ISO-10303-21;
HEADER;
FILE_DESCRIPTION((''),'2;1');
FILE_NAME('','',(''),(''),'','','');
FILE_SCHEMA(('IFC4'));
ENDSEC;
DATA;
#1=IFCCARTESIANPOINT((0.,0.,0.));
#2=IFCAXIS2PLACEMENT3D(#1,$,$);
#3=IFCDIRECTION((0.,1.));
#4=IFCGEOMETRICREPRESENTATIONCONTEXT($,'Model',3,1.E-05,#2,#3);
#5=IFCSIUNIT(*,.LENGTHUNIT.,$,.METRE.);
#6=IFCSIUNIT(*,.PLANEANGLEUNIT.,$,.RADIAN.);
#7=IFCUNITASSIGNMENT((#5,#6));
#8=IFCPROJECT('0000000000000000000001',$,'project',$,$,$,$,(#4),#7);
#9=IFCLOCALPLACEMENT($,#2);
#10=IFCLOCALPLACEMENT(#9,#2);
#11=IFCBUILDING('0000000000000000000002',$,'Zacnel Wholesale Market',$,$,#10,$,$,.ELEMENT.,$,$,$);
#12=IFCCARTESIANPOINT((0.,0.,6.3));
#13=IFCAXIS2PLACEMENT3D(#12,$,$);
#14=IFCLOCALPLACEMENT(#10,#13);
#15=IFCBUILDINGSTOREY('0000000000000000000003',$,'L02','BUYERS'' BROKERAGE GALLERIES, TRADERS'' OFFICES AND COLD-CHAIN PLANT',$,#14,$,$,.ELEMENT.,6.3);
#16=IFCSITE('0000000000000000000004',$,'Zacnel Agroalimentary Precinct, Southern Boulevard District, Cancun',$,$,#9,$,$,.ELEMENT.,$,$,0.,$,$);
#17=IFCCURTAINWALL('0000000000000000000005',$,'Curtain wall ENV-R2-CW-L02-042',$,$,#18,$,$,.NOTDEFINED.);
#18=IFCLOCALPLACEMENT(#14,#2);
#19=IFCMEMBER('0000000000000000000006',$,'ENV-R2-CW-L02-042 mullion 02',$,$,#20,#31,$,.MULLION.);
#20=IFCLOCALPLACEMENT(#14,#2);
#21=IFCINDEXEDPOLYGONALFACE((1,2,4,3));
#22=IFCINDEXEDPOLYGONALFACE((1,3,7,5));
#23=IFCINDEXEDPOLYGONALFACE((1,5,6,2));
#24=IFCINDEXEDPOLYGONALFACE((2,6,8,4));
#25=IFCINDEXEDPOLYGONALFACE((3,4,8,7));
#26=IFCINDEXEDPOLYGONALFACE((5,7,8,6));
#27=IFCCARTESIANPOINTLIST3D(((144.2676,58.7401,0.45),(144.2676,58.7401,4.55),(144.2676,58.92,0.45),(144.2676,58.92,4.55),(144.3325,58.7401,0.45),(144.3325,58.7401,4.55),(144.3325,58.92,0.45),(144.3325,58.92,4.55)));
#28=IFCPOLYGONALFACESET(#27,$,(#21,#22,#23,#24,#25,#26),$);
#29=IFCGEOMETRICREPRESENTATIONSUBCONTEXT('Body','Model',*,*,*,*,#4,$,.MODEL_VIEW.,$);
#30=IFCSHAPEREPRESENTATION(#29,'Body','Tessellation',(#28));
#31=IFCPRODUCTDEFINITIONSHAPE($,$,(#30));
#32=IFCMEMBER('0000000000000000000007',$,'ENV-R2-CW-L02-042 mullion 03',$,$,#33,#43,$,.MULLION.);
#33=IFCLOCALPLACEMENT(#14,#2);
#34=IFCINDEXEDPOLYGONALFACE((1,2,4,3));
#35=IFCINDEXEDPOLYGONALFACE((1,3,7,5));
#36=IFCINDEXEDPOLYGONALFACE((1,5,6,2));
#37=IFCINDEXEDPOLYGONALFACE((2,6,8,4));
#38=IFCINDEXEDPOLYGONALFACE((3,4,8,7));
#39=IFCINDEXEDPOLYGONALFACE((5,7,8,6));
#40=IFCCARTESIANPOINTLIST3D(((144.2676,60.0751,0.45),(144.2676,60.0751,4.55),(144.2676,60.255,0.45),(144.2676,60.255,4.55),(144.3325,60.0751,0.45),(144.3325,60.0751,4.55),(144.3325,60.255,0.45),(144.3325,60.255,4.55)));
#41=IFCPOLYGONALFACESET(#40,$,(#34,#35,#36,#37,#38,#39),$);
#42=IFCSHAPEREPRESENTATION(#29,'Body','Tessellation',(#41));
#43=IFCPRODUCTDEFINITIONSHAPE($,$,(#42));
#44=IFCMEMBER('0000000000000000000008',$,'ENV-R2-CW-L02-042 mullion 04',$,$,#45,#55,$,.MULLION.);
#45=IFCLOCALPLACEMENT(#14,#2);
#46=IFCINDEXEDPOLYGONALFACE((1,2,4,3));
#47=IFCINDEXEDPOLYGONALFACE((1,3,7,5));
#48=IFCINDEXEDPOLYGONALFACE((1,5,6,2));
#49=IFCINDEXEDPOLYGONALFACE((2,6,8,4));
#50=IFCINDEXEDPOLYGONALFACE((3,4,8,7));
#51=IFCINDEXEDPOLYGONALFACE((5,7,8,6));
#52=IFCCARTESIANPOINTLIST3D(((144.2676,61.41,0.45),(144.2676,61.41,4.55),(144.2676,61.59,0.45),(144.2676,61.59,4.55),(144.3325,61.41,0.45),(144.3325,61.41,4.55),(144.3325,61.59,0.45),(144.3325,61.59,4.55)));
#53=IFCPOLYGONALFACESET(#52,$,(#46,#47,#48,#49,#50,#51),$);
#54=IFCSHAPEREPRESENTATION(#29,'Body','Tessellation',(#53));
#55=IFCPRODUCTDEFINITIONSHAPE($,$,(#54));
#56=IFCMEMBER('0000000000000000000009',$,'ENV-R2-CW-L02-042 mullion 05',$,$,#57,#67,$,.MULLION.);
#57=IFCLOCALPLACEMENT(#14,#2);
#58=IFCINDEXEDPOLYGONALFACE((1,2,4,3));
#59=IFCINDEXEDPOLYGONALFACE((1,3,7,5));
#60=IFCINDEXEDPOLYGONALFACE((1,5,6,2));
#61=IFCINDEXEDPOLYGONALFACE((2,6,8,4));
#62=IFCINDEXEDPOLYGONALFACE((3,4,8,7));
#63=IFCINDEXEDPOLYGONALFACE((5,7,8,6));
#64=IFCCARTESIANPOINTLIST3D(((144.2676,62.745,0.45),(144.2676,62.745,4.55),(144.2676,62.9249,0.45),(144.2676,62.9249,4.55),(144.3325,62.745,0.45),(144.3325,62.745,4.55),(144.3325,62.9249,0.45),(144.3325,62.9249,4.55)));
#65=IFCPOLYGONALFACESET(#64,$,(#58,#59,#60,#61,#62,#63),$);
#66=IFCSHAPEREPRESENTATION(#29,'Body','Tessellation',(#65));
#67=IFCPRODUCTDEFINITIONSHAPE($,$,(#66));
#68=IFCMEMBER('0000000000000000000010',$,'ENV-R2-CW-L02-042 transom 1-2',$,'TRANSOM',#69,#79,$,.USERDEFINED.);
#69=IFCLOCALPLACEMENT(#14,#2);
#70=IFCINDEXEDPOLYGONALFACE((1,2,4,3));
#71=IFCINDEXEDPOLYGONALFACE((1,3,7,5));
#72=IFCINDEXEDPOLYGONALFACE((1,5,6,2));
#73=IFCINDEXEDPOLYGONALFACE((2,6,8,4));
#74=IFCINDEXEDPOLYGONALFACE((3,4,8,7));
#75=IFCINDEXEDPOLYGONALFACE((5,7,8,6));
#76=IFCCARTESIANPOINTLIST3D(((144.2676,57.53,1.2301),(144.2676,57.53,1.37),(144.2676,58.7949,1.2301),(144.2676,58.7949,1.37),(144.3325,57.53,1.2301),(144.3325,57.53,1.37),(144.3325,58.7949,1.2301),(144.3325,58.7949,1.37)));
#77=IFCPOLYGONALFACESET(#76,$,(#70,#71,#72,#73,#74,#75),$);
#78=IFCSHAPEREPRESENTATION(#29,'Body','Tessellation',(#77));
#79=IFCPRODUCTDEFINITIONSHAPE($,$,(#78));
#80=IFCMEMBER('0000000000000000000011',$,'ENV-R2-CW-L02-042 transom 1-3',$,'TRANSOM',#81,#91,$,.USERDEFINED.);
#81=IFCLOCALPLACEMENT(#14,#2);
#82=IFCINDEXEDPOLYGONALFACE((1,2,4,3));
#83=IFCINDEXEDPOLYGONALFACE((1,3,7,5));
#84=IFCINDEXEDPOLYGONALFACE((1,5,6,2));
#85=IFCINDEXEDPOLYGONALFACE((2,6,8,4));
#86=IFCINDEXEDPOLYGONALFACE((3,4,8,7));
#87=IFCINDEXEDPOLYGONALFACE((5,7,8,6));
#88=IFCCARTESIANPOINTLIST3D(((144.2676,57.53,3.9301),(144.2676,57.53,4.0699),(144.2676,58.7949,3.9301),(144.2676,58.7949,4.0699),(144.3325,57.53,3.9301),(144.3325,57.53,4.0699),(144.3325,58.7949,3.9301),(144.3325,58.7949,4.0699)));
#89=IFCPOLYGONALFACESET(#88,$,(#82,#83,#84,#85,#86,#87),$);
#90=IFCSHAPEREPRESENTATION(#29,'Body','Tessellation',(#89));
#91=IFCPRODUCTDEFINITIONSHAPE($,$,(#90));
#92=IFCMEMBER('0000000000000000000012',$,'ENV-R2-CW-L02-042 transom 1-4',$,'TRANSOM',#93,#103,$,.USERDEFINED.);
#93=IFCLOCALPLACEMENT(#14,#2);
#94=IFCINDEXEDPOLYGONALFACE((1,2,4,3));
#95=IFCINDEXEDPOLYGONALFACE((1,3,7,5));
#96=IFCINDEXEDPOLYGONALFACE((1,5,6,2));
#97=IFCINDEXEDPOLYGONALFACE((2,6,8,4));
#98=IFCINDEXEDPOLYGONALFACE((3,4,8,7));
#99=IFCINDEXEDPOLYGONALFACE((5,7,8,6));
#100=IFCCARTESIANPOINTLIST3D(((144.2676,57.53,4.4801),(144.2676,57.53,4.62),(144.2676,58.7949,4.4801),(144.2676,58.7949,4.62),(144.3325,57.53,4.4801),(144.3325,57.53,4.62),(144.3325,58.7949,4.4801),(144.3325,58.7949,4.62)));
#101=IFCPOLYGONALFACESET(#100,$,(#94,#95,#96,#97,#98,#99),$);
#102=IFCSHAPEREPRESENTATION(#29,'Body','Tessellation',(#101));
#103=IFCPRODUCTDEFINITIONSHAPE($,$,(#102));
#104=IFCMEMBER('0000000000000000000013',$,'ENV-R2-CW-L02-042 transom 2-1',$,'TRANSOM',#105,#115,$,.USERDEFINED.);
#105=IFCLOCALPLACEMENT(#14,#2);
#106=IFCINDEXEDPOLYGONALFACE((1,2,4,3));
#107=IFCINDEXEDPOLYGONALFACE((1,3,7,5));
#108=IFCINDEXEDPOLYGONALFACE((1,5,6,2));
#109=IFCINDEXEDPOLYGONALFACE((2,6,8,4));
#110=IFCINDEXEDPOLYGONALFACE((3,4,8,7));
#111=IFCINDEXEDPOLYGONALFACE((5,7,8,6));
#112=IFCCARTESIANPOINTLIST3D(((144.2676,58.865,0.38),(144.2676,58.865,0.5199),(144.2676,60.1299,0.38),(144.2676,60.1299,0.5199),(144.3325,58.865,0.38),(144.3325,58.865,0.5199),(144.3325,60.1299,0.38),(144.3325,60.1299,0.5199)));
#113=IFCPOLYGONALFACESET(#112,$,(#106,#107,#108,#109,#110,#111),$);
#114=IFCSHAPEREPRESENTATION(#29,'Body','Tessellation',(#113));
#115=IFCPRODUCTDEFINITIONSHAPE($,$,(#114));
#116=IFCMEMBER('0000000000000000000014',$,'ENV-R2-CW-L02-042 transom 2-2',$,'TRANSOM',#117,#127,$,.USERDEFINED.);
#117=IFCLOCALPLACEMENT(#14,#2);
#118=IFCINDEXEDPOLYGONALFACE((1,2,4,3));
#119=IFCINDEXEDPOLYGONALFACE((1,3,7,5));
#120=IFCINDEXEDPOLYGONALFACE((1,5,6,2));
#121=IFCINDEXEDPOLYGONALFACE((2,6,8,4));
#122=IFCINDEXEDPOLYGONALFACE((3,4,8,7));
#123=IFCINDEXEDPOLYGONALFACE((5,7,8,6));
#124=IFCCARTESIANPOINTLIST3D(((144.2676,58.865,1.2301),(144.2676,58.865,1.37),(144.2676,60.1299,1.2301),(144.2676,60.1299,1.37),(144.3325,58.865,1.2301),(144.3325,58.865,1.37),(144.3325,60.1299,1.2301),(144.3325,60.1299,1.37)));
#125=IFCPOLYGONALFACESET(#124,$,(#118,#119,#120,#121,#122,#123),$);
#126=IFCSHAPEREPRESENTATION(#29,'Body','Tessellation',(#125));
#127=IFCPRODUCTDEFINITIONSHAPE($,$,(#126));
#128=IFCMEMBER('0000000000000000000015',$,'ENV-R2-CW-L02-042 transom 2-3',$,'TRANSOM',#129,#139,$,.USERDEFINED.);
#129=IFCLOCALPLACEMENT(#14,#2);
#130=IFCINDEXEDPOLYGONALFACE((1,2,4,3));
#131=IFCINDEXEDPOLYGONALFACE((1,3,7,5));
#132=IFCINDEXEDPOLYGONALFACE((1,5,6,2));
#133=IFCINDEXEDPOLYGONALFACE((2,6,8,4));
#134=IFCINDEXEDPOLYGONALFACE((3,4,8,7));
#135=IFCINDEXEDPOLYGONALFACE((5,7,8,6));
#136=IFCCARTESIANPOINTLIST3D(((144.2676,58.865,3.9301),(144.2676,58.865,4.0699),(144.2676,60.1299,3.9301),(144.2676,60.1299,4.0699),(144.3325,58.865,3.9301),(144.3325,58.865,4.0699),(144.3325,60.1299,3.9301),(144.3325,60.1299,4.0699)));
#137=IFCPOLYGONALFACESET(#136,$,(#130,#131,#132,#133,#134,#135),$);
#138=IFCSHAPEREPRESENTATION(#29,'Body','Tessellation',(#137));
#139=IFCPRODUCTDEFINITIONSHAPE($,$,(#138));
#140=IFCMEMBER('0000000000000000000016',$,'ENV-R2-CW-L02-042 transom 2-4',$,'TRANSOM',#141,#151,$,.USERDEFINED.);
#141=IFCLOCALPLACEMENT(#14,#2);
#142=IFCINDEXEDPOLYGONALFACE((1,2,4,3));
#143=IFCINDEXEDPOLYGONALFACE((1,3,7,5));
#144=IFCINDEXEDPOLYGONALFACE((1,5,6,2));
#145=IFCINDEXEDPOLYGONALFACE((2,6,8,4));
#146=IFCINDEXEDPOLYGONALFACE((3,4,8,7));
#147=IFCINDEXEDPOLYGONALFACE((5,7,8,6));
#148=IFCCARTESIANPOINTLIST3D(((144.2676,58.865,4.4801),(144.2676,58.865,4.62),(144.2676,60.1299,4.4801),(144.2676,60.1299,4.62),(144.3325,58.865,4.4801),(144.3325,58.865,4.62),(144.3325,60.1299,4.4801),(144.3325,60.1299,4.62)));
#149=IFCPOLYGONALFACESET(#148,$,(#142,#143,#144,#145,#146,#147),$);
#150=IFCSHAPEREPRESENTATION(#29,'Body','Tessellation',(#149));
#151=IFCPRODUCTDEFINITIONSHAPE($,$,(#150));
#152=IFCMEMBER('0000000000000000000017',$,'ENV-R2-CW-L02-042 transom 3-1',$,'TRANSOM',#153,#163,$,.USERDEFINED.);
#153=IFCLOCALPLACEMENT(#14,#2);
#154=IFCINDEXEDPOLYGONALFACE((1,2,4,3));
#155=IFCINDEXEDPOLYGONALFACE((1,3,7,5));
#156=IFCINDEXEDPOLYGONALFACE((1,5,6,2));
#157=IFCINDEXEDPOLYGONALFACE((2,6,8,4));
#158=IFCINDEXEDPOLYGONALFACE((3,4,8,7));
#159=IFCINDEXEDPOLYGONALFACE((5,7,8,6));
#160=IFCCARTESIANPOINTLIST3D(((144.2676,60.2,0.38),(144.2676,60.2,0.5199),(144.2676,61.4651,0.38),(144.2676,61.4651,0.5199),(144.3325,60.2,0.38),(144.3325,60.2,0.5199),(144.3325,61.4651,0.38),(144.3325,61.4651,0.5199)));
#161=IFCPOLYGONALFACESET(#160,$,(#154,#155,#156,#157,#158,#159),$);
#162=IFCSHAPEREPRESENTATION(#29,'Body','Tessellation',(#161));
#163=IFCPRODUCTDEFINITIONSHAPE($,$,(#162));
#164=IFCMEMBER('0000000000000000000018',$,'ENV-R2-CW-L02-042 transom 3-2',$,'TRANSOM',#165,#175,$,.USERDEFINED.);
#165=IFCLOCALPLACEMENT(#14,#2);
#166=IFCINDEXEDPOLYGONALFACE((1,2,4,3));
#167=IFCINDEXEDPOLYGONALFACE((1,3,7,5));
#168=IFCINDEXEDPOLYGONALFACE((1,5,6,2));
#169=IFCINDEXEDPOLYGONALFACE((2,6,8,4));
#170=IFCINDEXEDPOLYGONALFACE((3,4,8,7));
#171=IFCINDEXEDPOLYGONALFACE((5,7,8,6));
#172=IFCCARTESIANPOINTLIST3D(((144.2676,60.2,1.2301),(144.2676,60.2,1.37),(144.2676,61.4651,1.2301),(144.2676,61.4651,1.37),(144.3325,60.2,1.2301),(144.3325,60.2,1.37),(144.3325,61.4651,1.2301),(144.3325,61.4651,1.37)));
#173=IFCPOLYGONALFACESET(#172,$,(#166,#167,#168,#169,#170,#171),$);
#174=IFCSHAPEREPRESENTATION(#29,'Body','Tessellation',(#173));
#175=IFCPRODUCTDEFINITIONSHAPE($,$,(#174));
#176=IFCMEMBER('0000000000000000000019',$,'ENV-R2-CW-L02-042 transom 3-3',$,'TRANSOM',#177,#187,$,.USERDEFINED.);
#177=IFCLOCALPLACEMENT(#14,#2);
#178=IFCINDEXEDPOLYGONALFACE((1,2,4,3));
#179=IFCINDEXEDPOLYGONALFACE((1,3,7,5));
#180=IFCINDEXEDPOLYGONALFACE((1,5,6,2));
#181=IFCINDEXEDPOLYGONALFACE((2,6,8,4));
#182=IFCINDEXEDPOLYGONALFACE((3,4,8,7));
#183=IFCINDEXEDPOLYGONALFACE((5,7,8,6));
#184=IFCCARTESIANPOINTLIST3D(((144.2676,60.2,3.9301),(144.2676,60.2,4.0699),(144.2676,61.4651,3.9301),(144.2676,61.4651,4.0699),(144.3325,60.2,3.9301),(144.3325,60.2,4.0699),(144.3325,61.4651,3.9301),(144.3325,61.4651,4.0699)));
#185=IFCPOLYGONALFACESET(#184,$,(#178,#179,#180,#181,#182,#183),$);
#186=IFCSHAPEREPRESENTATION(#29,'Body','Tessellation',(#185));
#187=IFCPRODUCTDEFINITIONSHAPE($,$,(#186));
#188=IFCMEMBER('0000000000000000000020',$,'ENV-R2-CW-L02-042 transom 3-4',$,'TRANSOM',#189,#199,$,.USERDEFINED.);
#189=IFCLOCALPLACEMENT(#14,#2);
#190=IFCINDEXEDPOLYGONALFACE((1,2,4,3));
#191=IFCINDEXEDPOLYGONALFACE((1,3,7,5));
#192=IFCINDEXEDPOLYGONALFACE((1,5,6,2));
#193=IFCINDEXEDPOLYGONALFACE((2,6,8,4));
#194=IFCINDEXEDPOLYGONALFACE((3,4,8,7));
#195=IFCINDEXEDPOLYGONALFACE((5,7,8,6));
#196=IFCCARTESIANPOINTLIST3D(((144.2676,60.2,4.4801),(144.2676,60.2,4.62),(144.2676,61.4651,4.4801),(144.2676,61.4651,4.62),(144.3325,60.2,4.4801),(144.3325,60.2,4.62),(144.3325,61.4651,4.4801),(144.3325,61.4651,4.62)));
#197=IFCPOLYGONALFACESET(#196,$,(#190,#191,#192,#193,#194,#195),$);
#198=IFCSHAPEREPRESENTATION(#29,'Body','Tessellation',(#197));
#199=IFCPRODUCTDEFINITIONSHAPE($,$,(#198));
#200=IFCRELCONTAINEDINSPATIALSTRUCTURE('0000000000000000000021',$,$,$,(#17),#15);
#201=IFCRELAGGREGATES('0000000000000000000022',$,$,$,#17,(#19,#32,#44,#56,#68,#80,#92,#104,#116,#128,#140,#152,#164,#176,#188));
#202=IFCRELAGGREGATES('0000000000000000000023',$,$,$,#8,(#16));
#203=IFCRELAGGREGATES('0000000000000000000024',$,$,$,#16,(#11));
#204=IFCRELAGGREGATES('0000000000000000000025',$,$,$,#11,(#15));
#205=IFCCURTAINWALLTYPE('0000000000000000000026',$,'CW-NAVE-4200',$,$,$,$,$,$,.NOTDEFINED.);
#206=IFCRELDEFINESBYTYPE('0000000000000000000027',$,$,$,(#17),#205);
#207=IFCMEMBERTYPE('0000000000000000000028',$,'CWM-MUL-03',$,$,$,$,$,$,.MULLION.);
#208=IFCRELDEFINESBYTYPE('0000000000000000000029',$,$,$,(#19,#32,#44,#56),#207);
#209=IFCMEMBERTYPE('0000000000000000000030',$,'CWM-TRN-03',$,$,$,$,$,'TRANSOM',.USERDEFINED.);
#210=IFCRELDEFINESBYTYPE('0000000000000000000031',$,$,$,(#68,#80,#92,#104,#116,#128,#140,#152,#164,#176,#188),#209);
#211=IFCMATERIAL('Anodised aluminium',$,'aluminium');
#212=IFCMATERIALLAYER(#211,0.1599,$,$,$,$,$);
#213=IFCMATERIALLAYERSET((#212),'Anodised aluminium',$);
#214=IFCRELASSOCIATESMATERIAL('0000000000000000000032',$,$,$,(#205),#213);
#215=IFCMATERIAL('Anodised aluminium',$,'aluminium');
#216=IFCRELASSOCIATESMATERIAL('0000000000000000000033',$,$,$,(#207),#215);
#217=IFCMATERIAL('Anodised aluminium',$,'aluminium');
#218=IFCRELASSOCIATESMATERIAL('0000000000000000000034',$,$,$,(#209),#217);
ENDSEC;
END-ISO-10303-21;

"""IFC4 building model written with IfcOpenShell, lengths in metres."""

from ifc_helpers import new_model, si_unit, direction, frame, origin, origin_2d, place, context, subcontext, project, spatial, rectangle, extrude, material, layer, layer_set, material_profile, profile_set, type_object, element, aggregate, save


model = new_model("IFC4")

# Units and contexts
model_context = context("Model", 3, precision=1e-05, world=origin(), true_north=direction((0.0, 1.0)))
body_context = subcontext(model_context, "Body", "Model", "MODEL_VIEW")
ifc_project = project(units=[si_unit("LENGTHUNIT", "METRE"), si_unit("PLANEANGLEUNIT", "RADIAN")], contexts=[model_context])

# Site, building, storey
site_placement = place(None, origin())
site = spatial("IfcSite", under=ifc_project, at=site_placement, Name="Zacnel Agroalimentary Precinct, Southern Boulevard District, Cancun", CompositionType="ELEMENT", RefElevation=0.0)
building_placement = place(site_placement, origin())
building = spatial("IfcBuilding", under=site, at=building_placement, Name="Zacnel Wholesale Market", CompositionType="ELEMENT")
storey_placement = place(building_placement, frame((0.0, 0.0, 6.3)))
storey = spatial("IfcBuildingStorey", under=building, at=storey_placement, Name="L02", Description="BUYERS' BROKERAGE GALLERIES, TRADERS' OFFICES AND COLD-CHAIN PLANT", CompositionType="ELEMENT", Elevation=6.3)

# Curtain wall, members
ifc_material_1 = material(Name="Anodised aluminium", Category="aluminium")
ifc_layer_1 = layer(ifc_material_1, 0.1599)
ifc_layer_set_1 = layer_set([ifc_layer_1], Name="Anodised aluminium")
curtain_wall_type = type_object("IfcCurtainWallType", Name="CW-NAVE-4200", PredefinedType="NOTDEFINED", material=ifc_layer_set_1)
curtain_wall_placement = place(storey_placement, origin())
curtain_wall = element("IfcCurtainWall", 1, at=curtain_wall_placement, inside=storey, type_object=curtain_wall_type, Name="Curtain wall ENV-R2-CW-L02-042", PredefinedType="NOTDEFINED")
ifc_material_2 = material(Name="Anodised aluminium", Category="aluminium")
ifc_material_profile_1 = material_profile(ifc_material_2, rectangle(XDim=0.0649, YDim=0.1799, at=origin_2d()), Name="AW-MULLION 65x180")
ifc_profile_set_1 = profile_set([ifc_material_profile_1], Name="Anodised aluminium")
member_type_1 = type_object("IfcMemberType", Name="CWM-MUL-03", PredefinedType="MULLION", material=ifc_profile_set_1)
member_1_placement = place(storey_placement, frame((144.3, 58.8301, 0.45), z_axis=(0.0, 0.0, 1.0), x_axis=(1.0, 0.0, 0.0)))
member_1 = element("IfcMember", 2, at=member_1_placement, type_object=member_type_1, Name="ENV-R2-CW-L02-042 mullion 02", PredefinedType="MULLION", context=body_context, shape_type="SweptSolid", body=[
    extrude(rectangle(XDim=0.0649, YDim=0.1799, at=origin_2d()), origin(), (0.0, 0.0, 1.0), 4.1001),
])
member_2_placement = place(storey_placement, frame((144.3, 60.165, 0.45), z_axis=(0.0, 0.0, 1.0), x_axis=(1.0, 0.0, 0.0)))
member_2 = element("IfcMember", 3, at=member_2_placement, type_object=member_type_1, Name="ENV-R2-CW-L02-042 mullion 03", PredefinedType="MULLION", context=body_context, shape_type="SweptSolid", body=[
    extrude(rectangle(XDim=0.0649, YDim=0.1799, at=origin_2d()), origin(), (0.0, 0.0, 1.0), 4.1001),
])
member_3_placement = place(storey_placement, frame((144.3, 61.5, 0.45), z_axis=(0.0, 0.0, 1.0), x_axis=(1.0, 0.0, 0.0)))
member_3 = element("IfcMember", 4, at=member_3_placement, type_object=member_type_1, Name="ENV-R2-CW-L02-042 mullion 04", PredefinedType="MULLION", context=body_context, shape_type="SweptSolid", body=[
    extrude(rectangle(XDim=0.0649, YDim=0.1799, at=origin_2d()), origin(), (0.0, 0.0, 1.0), 4.1001),
])
member_4_placement = place(storey_placement, frame((144.3, 62.835, 0.45), z_axis=(0.0, 0.0, 1.0), x_axis=(1.0, 0.0, 0.0)))
member_4 = element("IfcMember", 5, at=member_4_placement, type_object=member_type_1, Name="ENV-R2-CW-L02-042 mullion 05", PredefinedType="MULLION", context=body_context, shape_type="SweptSolid", body=[
    extrude(rectangle(XDim=0.0649, YDim=0.1799, at=origin_2d()), origin(), (0.0, 0.0, 1.0), 4.1001),
])
ifc_material_3 = material(Name="Anodised aluminium", Category="aluminium")
ifc_material_profile_2 = material_profile(ifc_material_3, rectangle(XDim=0.0649, YDim=0.1399, at=origin_2d()), Name="AW-TRANSOM 65x140")
ifc_profile_set_2 = profile_set([ifc_material_profile_2], Name="Anodised aluminium")
member_type_2 = type_object("IfcMemberType", Name="CWM-TRN-03", ElementType="TRANSOM", PredefinedType="USERDEFINED", material=ifc_profile_set_2)
member_5_placement = place(storey_placement, frame((144.3, 57.53, 1.3), z_axis=(0.0, 1.0, 0.0), x_axis=(-1.0, 0.0, 0.0)))
member_5 = element("IfcMember", 6, at=member_5_placement, type_object=member_type_2, Name="ENV-R2-CW-L02-042 transom 1-2", ObjectType="TRANSOM", PredefinedType="USERDEFINED", context=body_context, shape_type="SweptSolid", body=[
    extrude(rectangle(XDim=0.0649, YDim=0.1399, at=origin_2d()), origin(), (0.0, 0.0, 1.0), 1.2649),
])
member_6_placement = place(storey_placement, frame((144.3, 57.53, 4.0), z_axis=(0.0, 1.0, 0.0), x_axis=(-1.0, 0.0, 0.0)))
member_6 = element("IfcMember", 7, at=member_6_placement, type_object=member_type_2, Name="ENV-R2-CW-L02-042 transom 1-3", ObjectType="TRANSOM", PredefinedType="USERDEFINED", context=body_context, shape_type="SweptSolid", body=[
    extrude(rectangle(XDim=0.0649, YDim=0.1399, at=origin_2d()), origin(), (0.0, 0.0, 1.0), 1.2649),
])
member_7_placement = place(storey_placement, frame((144.3, 57.53, 4.55), z_axis=(0.0, 1.0, 0.0), x_axis=(-1.0, 0.0, 0.0)))
member_7 = element("IfcMember", 8, at=member_7_placement, type_object=member_type_2, Name="ENV-R2-CW-L02-042 transom 1-4", ObjectType="TRANSOM", PredefinedType="USERDEFINED", context=body_context, shape_type="SweptSolid", body=[
    extrude(rectangle(XDim=0.0649, YDim=0.1399, at=origin_2d()), origin(), (0.0, 0.0, 1.0), 1.2649),
])
member_8_placement = place(storey_placement, frame((144.3, 58.865, 0.45), z_axis=(0.0, 1.0, 0.0), x_axis=(-1.0, 0.0, 0.0)))
member_8 = element("IfcMember", 9, at=member_8_placement, type_object=member_type_2, Name="ENV-R2-CW-L02-042 transom 2-1", ObjectType="TRANSOM", PredefinedType="USERDEFINED", context=body_context, shape_type="SweptSolid", body=[
    extrude(rectangle(XDim=0.0649, YDim=0.1399, at=origin_2d()), origin(), (0.0, 0.0, 1.0), 1.2649),
])
member_9_placement = place(storey_placement, frame((144.3, 58.865, 1.3), z_axis=(0.0, 1.0, 0.0), x_axis=(-1.0, 0.0, 0.0)))
member_9 = element("IfcMember", 10, at=member_9_placement, type_object=member_type_2, Name="ENV-R2-CW-L02-042 transom 2-2", ObjectType="TRANSOM", PredefinedType="USERDEFINED", context=body_context, shape_type="SweptSolid", body=[
    extrude(rectangle(XDim=0.0649, YDim=0.1399, at=origin_2d()), origin(), (0.0, 0.0, 1.0), 1.2649),
])
member_10_placement = place(storey_placement, frame((144.3, 58.865, 4.0), z_axis=(0.0, 1.0, 0.0), x_axis=(-1.0, 0.0, 0.0)))
member_10 = element("IfcMember", 11, at=member_10_placement, type_object=member_type_2, Name="ENV-R2-CW-L02-042 transom 2-3", ObjectType="TRANSOM", PredefinedType="USERDEFINED", context=body_context, shape_type="SweptSolid", body=[
    extrude(rectangle(XDim=0.0649, YDim=0.1399, at=origin_2d()), origin(), (0.0, 0.0, 1.0), 1.2649),
])
member_11_placement = place(storey_placement, frame((144.3, 58.865, 4.55), z_axis=(0.0, 1.0, 0.0), x_axis=(-1.0, 0.0, 0.0)))
member_11 = element("IfcMember", 12, at=member_11_placement, type_object=member_type_2, Name="ENV-R2-CW-L02-042 transom 2-4", ObjectType="TRANSOM", PredefinedType="USERDEFINED", context=body_context, shape_type="SweptSolid", body=[
    extrude(rectangle(XDim=0.0649, YDim=0.1399, at=origin_2d()), origin(), (0.0, 0.0, 1.0), 1.2649),
])
member_12_placement = place(storey_placement, frame((144.3, 60.2, 0.45), z_axis=(0.0, 1.0, 0.0), x_axis=(-1.0, 0.0, 0.0)))
member_12 = element("IfcMember", 13, at=member_12_placement, type_object=member_type_2, Name="ENV-R2-CW-L02-042 transom 3-1", ObjectType="TRANSOM", PredefinedType="USERDEFINED", context=body_context, shape_type="SweptSolid", body=[
    extrude(rectangle(XDim=0.0649, YDim=0.1399, at=origin_2d()), origin(), (0.0, 0.0, 1.0), 1.2651),
])
member_13_placement = place(storey_placement, frame((144.3, 60.2, 1.3), z_axis=(0.0, 1.0, 0.0), x_axis=(-1.0, 0.0, 0.0)))
member_13 = element("IfcMember", 14, at=member_13_placement, type_object=member_type_2, Name="ENV-R2-CW-L02-042 transom 3-2", ObjectType="TRANSOM", PredefinedType="USERDEFINED", context=body_context, shape_type="SweptSolid", body=[
    extrude(rectangle(XDim=0.0649, YDim=0.1399, at=origin_2d()), origin(), (0.0, 0.0, 1.0), 1.2651),
])
member_14_placement = place(storey_placement, frame((144.3, 60.2, 4.0), z_axis=(0.0, 1.0, 0.0), x_axis=(-1.0, 0.0, 0.0)))
member_14 = element("IfcMember", 15, at=member_14_placement, type_object=member_type_2, Name="ENV-R2-CW-L02-042 transom 3-3", ObjectType="TRANSOM", PredefinedType="USERDEFINED", context=body_context, shape_type="SweptSolid", body=[
    extrude(rectangle(XDim=0.0649, YDim=0.1399, at=origin_2d()), origin(), (0.0, 0.0, 1.0), 1.2651),
])
member_15_placement = place(storey_placement, frame((144.3, 60.2, 4.55), z_axis=(0.0, 1.0, 0.0), x_axis=(-1.0, 0.0, 0.0)))
member_15 = element("IfcMember", 16, at=member_15_placement, type_object=member_type_2, Name="ENV-R2-CW-L02-042 transom 3-4", ObjectType="TRANSOM", PredefinedType="USERDEFINED", context=body_context, shape_type="SweptSolid", body=[
    extrude(rectangle(XDim=0.0649, YDim=0.1399, at=origin_2d()), origin(), (0.0, 0.0, 1.0), 1.2651),
])
aggregate(curtain_wall, [member_1, member_2, member_3, member_4, member_5, member_6, member_7, member_8, member_9, member_10, member_11, member_12, member_13, member_14, member_15])

save(model, "model.ifc")
